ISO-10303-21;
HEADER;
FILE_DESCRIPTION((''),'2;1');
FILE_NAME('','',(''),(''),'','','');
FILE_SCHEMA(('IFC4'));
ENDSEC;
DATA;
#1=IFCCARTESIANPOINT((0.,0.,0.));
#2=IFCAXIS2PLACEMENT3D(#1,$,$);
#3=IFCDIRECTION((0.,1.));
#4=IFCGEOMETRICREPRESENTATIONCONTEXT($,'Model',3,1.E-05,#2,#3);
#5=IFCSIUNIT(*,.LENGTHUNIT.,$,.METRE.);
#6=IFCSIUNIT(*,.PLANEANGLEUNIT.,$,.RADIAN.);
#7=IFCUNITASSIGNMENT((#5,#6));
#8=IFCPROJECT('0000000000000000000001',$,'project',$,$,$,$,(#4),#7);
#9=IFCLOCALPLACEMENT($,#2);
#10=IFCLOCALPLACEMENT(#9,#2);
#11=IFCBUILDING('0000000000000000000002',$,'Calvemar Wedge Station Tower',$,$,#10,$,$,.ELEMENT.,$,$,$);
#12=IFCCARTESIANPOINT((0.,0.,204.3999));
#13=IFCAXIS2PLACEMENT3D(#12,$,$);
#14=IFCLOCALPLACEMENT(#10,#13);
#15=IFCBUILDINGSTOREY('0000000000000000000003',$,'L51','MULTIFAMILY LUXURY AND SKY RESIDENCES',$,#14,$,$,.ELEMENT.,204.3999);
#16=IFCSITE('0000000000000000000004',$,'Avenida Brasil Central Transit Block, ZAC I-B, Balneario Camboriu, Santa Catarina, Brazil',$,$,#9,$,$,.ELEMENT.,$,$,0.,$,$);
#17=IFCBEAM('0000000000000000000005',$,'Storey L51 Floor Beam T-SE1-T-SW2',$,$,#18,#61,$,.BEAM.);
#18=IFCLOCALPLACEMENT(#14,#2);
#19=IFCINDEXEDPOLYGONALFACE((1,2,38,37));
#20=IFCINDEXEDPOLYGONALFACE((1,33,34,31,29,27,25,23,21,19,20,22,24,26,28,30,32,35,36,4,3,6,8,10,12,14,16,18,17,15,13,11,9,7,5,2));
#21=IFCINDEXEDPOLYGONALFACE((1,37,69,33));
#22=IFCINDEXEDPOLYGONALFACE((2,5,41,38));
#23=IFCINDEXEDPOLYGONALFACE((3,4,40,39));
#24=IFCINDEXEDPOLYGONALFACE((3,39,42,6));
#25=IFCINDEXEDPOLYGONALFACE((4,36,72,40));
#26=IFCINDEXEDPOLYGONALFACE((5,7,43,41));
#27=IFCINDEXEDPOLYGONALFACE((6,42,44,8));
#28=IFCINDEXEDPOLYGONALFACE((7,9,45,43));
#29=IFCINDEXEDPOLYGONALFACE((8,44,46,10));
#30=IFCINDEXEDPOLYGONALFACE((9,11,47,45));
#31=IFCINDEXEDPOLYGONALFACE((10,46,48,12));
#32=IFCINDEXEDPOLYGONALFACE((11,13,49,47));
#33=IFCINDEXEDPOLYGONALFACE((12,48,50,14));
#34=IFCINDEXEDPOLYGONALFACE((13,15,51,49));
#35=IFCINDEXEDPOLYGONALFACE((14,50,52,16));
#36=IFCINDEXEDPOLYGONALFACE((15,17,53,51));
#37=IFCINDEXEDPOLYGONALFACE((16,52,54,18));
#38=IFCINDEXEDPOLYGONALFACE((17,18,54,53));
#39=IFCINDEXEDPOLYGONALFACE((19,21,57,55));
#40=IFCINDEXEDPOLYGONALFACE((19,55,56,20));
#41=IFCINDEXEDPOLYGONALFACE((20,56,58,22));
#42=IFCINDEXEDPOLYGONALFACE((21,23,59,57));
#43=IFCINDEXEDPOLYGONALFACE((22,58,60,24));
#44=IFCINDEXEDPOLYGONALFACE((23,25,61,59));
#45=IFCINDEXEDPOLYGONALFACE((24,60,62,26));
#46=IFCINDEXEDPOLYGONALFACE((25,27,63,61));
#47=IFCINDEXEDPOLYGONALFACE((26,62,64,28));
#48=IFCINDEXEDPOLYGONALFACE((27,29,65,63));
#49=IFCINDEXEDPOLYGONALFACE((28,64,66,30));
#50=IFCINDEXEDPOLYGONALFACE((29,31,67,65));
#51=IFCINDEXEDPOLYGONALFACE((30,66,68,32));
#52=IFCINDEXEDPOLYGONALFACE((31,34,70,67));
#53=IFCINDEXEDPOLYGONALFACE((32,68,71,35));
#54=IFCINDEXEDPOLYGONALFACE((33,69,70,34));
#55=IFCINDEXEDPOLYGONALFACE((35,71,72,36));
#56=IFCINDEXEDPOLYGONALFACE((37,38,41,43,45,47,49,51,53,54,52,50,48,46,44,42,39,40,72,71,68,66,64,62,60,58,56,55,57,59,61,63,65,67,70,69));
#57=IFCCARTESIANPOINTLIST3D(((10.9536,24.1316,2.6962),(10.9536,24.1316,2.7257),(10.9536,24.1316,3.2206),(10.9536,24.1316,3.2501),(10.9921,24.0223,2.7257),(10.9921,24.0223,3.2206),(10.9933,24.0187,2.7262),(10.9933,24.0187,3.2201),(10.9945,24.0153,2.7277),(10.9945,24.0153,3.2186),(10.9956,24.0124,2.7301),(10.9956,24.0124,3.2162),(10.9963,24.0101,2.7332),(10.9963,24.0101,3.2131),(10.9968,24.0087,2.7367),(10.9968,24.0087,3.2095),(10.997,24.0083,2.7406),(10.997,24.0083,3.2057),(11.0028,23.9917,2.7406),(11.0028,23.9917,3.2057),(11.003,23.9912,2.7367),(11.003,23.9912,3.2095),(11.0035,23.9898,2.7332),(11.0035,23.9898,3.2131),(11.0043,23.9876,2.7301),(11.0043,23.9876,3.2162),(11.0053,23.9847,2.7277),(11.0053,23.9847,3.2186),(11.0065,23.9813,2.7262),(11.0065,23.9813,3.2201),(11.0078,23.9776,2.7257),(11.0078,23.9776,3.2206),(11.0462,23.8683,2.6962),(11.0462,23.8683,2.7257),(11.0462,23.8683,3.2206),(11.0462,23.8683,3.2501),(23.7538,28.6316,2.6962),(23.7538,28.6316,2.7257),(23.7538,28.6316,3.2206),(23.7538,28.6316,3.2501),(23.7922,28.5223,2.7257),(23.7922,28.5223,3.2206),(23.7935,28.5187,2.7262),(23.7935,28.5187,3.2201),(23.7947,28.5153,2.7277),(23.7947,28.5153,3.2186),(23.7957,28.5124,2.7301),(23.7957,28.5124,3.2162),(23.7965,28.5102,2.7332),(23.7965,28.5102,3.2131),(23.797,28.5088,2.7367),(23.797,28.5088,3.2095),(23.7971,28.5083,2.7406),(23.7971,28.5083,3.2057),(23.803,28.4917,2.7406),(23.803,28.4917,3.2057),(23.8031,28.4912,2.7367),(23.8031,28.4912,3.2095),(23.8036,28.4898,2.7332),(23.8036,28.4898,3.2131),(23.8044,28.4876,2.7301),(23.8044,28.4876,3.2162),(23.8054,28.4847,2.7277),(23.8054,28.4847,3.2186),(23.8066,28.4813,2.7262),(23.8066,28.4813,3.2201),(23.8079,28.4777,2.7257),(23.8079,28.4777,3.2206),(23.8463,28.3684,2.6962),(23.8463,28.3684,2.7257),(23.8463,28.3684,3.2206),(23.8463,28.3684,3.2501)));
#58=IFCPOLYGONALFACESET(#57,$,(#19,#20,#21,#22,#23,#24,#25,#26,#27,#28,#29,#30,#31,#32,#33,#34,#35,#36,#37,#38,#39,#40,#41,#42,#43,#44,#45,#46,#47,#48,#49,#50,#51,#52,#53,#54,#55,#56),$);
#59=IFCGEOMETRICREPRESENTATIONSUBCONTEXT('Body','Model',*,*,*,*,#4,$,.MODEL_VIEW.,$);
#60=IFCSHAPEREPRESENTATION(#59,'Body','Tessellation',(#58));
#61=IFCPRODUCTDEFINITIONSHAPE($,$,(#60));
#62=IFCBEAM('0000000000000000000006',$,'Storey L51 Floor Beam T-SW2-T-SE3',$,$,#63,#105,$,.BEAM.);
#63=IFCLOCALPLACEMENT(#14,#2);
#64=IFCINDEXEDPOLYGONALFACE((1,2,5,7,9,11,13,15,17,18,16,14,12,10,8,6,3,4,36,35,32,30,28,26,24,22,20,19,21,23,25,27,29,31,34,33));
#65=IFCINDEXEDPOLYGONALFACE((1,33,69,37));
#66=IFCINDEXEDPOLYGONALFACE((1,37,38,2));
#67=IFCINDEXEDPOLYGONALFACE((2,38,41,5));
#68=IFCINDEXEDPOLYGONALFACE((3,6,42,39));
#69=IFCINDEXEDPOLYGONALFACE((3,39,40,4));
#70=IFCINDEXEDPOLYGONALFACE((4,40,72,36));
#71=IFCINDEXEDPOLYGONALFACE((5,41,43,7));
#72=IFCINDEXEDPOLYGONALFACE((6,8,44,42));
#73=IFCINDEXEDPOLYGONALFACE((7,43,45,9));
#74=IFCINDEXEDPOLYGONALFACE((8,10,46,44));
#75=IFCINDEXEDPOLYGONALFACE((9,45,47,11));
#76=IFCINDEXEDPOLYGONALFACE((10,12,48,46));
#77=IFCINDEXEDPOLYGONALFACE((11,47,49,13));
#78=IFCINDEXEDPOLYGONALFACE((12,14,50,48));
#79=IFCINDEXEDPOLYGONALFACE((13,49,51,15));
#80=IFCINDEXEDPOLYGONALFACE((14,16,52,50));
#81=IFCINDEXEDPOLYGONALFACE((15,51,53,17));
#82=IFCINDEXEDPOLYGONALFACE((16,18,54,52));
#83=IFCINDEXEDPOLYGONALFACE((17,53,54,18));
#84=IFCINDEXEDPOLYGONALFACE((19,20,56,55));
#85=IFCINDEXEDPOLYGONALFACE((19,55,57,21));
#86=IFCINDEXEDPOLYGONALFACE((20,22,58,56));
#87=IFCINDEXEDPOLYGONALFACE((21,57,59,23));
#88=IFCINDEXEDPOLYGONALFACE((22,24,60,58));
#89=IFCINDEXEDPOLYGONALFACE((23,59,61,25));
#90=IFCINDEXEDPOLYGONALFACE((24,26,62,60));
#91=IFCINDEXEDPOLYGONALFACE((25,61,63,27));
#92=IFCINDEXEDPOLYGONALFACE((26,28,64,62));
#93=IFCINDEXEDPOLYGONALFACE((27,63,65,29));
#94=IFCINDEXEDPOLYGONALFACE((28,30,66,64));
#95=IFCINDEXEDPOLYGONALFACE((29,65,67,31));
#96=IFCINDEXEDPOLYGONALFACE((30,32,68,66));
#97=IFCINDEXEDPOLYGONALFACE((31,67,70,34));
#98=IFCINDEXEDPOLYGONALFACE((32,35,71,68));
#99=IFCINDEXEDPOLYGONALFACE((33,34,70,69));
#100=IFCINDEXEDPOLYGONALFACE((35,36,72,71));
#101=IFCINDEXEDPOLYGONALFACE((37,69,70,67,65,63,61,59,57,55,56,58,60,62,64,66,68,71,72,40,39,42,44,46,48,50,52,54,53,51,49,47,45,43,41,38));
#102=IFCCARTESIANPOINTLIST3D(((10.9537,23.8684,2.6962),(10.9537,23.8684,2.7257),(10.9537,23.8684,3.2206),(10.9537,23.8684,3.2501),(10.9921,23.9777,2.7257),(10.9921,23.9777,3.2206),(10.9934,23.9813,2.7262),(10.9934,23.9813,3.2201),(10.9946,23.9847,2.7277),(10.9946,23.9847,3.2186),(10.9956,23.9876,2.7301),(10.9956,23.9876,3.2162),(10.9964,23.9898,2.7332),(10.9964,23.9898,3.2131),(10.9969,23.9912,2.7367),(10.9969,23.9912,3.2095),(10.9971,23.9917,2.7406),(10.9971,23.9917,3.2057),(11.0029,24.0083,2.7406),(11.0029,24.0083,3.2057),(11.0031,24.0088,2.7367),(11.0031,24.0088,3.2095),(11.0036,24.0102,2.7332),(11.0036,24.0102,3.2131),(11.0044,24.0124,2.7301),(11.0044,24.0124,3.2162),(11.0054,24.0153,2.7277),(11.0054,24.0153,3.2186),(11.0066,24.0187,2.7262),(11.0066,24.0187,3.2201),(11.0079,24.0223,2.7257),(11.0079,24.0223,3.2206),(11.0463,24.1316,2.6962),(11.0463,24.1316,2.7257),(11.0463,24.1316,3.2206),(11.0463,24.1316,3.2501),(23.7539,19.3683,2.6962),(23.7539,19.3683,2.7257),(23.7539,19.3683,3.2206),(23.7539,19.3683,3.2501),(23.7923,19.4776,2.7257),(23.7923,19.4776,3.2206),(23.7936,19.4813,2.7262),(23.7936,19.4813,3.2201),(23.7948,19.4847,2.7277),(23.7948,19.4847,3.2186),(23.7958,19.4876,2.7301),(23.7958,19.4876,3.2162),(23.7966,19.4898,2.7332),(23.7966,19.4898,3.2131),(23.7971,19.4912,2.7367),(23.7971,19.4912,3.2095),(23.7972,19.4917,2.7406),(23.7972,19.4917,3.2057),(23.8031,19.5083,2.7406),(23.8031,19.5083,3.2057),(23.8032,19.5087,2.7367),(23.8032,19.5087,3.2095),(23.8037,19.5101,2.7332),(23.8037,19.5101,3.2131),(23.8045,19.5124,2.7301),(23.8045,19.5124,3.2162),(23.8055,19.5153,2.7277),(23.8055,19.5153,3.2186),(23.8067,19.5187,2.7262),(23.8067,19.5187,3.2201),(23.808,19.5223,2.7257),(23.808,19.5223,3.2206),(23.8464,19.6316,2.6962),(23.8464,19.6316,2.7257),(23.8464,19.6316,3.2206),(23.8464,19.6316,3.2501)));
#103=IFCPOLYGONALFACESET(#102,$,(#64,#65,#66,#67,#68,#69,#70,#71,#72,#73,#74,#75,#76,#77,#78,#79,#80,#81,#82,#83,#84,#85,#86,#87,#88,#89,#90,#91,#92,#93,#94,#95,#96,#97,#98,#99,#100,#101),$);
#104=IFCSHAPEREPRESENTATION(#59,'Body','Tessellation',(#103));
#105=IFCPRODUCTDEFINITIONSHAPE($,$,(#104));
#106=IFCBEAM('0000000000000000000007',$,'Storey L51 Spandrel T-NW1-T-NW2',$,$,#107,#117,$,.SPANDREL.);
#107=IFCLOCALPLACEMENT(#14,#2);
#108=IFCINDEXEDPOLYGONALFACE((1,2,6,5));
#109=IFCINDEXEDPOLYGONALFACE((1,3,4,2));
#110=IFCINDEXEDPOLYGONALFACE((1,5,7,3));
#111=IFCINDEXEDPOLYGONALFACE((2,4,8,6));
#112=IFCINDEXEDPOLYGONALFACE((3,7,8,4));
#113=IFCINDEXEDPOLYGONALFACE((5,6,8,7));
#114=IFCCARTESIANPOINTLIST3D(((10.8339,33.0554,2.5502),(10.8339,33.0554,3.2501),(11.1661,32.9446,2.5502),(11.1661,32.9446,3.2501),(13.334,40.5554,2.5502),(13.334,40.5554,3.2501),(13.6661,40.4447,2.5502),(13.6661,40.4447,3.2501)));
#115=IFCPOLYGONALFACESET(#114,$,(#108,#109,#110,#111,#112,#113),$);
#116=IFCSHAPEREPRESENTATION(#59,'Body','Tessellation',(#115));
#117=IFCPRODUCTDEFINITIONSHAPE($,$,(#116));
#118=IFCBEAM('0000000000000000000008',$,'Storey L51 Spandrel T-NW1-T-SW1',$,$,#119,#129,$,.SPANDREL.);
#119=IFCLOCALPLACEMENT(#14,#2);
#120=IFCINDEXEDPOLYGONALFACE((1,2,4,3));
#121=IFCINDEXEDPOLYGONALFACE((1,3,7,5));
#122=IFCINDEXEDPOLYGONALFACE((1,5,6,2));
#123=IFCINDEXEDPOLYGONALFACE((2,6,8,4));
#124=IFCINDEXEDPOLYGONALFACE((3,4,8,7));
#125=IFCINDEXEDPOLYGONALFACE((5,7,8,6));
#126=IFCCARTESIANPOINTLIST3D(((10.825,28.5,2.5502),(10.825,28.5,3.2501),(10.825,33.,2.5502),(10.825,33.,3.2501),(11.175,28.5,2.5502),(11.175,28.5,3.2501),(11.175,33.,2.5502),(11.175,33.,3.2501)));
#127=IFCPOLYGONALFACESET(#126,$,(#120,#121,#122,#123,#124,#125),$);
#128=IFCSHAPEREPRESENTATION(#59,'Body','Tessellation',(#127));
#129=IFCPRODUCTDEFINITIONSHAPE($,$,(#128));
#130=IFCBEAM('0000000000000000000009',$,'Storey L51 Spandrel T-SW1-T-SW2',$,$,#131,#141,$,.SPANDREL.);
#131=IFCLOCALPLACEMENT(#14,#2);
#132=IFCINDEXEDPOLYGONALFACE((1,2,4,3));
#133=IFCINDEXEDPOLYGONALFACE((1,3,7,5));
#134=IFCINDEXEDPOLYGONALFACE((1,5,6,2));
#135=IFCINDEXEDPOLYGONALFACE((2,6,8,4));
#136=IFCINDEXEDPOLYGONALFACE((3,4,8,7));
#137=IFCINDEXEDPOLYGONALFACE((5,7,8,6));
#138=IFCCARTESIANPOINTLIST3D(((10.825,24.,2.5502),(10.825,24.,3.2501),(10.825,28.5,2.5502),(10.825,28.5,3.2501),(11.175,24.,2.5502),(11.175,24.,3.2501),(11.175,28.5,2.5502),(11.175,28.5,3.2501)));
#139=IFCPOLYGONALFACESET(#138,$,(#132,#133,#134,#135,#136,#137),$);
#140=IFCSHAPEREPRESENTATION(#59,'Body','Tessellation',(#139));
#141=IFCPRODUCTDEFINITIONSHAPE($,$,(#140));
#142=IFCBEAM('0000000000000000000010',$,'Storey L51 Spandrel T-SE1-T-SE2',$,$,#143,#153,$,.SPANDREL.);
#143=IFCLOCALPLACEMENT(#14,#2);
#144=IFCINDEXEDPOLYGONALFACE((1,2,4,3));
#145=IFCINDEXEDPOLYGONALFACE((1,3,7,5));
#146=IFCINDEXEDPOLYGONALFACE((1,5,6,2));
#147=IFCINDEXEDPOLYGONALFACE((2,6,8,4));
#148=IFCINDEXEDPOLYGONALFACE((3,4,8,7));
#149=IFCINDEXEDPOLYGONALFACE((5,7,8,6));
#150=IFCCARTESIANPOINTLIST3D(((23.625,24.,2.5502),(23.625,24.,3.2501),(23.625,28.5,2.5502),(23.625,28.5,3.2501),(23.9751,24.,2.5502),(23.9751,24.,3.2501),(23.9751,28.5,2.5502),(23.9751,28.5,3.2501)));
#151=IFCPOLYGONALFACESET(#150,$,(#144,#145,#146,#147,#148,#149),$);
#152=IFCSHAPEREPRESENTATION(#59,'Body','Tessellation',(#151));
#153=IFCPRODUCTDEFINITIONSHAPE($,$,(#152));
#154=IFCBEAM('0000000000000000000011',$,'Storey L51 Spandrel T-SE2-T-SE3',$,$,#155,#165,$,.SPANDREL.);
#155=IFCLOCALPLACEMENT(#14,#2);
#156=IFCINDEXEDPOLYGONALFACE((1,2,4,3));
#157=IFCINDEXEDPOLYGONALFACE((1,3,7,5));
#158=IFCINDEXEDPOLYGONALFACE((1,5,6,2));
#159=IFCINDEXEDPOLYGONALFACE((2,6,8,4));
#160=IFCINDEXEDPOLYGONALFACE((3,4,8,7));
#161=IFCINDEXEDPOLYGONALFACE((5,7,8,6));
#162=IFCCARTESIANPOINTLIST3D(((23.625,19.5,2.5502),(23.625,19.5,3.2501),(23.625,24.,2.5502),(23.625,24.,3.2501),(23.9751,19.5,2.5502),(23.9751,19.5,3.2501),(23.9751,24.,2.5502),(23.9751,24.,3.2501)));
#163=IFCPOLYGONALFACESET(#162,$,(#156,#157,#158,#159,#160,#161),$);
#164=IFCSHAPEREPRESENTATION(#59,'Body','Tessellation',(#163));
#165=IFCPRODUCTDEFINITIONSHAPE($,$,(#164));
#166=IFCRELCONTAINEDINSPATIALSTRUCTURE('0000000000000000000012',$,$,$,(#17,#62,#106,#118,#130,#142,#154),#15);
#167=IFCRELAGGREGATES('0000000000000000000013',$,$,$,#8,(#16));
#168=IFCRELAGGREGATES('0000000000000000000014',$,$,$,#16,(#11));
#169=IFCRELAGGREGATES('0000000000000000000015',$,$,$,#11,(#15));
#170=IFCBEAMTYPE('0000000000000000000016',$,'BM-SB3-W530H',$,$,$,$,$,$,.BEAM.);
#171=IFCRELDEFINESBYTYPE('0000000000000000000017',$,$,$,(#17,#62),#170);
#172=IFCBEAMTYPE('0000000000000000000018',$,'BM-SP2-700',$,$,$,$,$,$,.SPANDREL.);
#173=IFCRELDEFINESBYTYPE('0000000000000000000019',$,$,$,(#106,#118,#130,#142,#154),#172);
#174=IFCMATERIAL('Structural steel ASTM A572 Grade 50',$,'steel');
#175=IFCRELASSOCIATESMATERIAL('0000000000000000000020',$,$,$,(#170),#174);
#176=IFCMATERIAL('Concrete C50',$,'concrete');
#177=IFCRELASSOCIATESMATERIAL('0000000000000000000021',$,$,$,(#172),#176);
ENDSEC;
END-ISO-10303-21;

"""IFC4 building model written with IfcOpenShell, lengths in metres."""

from ifc_helpers import new_model, si_unit, direction, frame, origin, origin_2d, place, context, subcontext, project, spatial, rectangle, i_section, extrude, source, transform, mapped, material, material_profile, profile_set, type_object, element, save


model = new_model("IFC4")

# Units and contexts
model_context = context("Model", 3, precision=1e-05, world=origin(), true_north=direction((0.0, 1.0)))
body_context = subcontext(model_context, "Body", "Model", "MODEL_VIEW")
ifc_project = project(units=[si_unit("LENGTHUNIT", "METRE"), si_unit("PLANEANGLEUNIT", "RADIAN")], contexts=[model_context])

# Site, building, storey
site_placement = place(None, origin())
site = spatial("IfcSite", under=ifc_project, at=site_placement, Name="Avenida Brasil Central Transit Block, ZAC I-B, Balneario Camboriu, Santa Catarina, Brazil", CompositionType="ELEMENT", RefElevation=0.0)
building_placement = place(site_placement, origin())
building = spatial("IfcBuilding", under=site, at=building_placement, Name="Calvemar Wedge Station Tower", CompositionType="ELEMENT")
storey_placement = place(building_placement, frame((0.0, 0.0, 204.3999)))
storey = spatial("IfcBuildingStorey", under=building, at=storey_placement, Name="L51", Description="MULTIFAMILY LUXURY AND SKY RESIDENCES", CompositionType="ELEMENT", Elevation=204.3999)

# Shared definitions
ifc_material_1 = material(Name="Concrete C50", Category="concrete")

# Beams
ifc_material_2 = material(Name="Structural steel ASTM A572 Grade 50", Category="steel")
ifc_material_profile_1 = material_profile(ifc_material_2, i_section(OverallWidth=0.2791, OverallDepth=0.554, WebThickness=0.0176, FlangeThickness=0.0295, FilletRadius=0.0149, at=origin_2d()), Name="W530x196")
ifc_profile_set_1 = profile_set([ifc_material_profile_1], Name="Structural steel ASTM A572 Grade 50")
beam_type_1 = type_object("IfcBeamType", Name="BM-SB3-W530H", PredefinedType="BEAM", material=ifc_profile_set_1)
shared_shape_1 = source(origin(), body_context, "Body", "SweptSolid", [
    extrude(i_section(OverallWidth=0.2791, OverallDepth=0.554, WebThickness=0.0176, FlangeThickness=0.0295, FilletRadius=0.0149, at=origin_2d()), origin(), (0.0, 0.0, 1.0), 13.5681),
])
for number, where, z_axis, x_axis, name in (
    (1, (23.8, 28.5, 2.9731), (-0.943398, -0.331662, 0.0), (0.331662, -0.943398, 0.0), "Storey L51 Floor Beam T-SE1-T-SW2"),
    (2, (11.0, 24.0, 2.9731), (0.943398, -0.331662, 0.0), (0.331662, 0.943398, 0.0), "Storey L51 Floor Beam T-SW2-T-SE3"),
):
    element("IfcBeam", number, at=place(storey_placement, frame(where, z_axis=z_axis, x_axis=x_axis)), inside=storey, type_object=beam_type_1, Name=name, PredefinedType="BEAM", context=body_context, shape_type="MappedRepresentation", body=[
        mapped(shared_shape_1, transform((0.0, 0.0, 0.0), scale=1.0)),
    ])
ifc_material_profile_2 = material_profile(ifc_material_1, rectangle(XDim=0.3501, YDim=0.7, at=origin_2d()), Name="RC350x700")
ifc_profile_set_2 = profile_set([ifc_material_profile_2], Name="Concrete C50")
beam_type_2 = type_object("IfcBeamType", Name="BM-SP2-700", PredefinedType="SPANDREL", material=ifc_profile_set_2)
shared_shape_2 = source(origin(), body_context, "Body", "SweptSolid", [
    extrude(rectangle(XDim=0.3501, YDim=0.7, at=origin_2d()), origin(), (0.0, 0.0, 1.0), 7.9058),
])
beam_placement = place(storey_placement, frame((11.0, 33.0, 2.9001), z_axis=(0.316228, 0.948683, 0.0), x_axis=(-0.948683, 0.316228, 0.0)))
element("IfcBeam", 3, at=beam_placement, inside=storey, type_object=beam_type_2, Name="Storey L51 Spandrel T-NW1-T-NW2", PredefinedType="SPANDREL", context=body_context, shape_type="MappedRepresentation", body=[
    mapped(shared_shape_2, transform((0.0, 0.0, 0.0), scale=1.0)),
])
shared_shape_3 = source(origin(), body_context, "Body", "SweptSolid", [
    extrude(rectangle(XDim=0.3501, YDim=0.7, at=origin_2d()), origin(), (0.0, 0.0, 1.0), 4.5),
])
for number, where, z_axis, x_axis, name in (
    (4, (11.0, 33.0, 2.9001), (0.0, -1.0, 0.0), (1.0, 0.0, 0.0), "Storey L51 Spandrel T-NW1-T-SW1"),
    (5, (11.0, 28.5, 2.9001), (0.0, -1.0, 0.0), (1.0, 0.0, 0.0), "Storey L51 Spandrel T-SW1-T-SW2"),
    (6, (23.8, 28.5, 2.9001), (0.0, -1.0, 0.0), (1.0, 0.0, 0.0), "Storey L51 Spandrel T-SE1-T-SE2"),
    (7, (23.8, 24.0, 2.9001), (0.0, -1.0, 0.0), (1.0, 0.0, 0.0), "Storey L51 Spandrel T-SE2-T-SE3"),
):
    element("IfcBeam", number, at=place(storey_placement, frame(where, z_axis=z_axis, x_axis=x_axis)), inside=storey, type_object=beam_type_2, Name=name, PredefinedType="SPANDREL", context=body_context, shape_type="MappedRepresentation", body=[
        mapped(shared_shape_3, transform((0.0, 0.0, 0.0), scale=1.0)),
    ])

save(model, "model.ifc")
